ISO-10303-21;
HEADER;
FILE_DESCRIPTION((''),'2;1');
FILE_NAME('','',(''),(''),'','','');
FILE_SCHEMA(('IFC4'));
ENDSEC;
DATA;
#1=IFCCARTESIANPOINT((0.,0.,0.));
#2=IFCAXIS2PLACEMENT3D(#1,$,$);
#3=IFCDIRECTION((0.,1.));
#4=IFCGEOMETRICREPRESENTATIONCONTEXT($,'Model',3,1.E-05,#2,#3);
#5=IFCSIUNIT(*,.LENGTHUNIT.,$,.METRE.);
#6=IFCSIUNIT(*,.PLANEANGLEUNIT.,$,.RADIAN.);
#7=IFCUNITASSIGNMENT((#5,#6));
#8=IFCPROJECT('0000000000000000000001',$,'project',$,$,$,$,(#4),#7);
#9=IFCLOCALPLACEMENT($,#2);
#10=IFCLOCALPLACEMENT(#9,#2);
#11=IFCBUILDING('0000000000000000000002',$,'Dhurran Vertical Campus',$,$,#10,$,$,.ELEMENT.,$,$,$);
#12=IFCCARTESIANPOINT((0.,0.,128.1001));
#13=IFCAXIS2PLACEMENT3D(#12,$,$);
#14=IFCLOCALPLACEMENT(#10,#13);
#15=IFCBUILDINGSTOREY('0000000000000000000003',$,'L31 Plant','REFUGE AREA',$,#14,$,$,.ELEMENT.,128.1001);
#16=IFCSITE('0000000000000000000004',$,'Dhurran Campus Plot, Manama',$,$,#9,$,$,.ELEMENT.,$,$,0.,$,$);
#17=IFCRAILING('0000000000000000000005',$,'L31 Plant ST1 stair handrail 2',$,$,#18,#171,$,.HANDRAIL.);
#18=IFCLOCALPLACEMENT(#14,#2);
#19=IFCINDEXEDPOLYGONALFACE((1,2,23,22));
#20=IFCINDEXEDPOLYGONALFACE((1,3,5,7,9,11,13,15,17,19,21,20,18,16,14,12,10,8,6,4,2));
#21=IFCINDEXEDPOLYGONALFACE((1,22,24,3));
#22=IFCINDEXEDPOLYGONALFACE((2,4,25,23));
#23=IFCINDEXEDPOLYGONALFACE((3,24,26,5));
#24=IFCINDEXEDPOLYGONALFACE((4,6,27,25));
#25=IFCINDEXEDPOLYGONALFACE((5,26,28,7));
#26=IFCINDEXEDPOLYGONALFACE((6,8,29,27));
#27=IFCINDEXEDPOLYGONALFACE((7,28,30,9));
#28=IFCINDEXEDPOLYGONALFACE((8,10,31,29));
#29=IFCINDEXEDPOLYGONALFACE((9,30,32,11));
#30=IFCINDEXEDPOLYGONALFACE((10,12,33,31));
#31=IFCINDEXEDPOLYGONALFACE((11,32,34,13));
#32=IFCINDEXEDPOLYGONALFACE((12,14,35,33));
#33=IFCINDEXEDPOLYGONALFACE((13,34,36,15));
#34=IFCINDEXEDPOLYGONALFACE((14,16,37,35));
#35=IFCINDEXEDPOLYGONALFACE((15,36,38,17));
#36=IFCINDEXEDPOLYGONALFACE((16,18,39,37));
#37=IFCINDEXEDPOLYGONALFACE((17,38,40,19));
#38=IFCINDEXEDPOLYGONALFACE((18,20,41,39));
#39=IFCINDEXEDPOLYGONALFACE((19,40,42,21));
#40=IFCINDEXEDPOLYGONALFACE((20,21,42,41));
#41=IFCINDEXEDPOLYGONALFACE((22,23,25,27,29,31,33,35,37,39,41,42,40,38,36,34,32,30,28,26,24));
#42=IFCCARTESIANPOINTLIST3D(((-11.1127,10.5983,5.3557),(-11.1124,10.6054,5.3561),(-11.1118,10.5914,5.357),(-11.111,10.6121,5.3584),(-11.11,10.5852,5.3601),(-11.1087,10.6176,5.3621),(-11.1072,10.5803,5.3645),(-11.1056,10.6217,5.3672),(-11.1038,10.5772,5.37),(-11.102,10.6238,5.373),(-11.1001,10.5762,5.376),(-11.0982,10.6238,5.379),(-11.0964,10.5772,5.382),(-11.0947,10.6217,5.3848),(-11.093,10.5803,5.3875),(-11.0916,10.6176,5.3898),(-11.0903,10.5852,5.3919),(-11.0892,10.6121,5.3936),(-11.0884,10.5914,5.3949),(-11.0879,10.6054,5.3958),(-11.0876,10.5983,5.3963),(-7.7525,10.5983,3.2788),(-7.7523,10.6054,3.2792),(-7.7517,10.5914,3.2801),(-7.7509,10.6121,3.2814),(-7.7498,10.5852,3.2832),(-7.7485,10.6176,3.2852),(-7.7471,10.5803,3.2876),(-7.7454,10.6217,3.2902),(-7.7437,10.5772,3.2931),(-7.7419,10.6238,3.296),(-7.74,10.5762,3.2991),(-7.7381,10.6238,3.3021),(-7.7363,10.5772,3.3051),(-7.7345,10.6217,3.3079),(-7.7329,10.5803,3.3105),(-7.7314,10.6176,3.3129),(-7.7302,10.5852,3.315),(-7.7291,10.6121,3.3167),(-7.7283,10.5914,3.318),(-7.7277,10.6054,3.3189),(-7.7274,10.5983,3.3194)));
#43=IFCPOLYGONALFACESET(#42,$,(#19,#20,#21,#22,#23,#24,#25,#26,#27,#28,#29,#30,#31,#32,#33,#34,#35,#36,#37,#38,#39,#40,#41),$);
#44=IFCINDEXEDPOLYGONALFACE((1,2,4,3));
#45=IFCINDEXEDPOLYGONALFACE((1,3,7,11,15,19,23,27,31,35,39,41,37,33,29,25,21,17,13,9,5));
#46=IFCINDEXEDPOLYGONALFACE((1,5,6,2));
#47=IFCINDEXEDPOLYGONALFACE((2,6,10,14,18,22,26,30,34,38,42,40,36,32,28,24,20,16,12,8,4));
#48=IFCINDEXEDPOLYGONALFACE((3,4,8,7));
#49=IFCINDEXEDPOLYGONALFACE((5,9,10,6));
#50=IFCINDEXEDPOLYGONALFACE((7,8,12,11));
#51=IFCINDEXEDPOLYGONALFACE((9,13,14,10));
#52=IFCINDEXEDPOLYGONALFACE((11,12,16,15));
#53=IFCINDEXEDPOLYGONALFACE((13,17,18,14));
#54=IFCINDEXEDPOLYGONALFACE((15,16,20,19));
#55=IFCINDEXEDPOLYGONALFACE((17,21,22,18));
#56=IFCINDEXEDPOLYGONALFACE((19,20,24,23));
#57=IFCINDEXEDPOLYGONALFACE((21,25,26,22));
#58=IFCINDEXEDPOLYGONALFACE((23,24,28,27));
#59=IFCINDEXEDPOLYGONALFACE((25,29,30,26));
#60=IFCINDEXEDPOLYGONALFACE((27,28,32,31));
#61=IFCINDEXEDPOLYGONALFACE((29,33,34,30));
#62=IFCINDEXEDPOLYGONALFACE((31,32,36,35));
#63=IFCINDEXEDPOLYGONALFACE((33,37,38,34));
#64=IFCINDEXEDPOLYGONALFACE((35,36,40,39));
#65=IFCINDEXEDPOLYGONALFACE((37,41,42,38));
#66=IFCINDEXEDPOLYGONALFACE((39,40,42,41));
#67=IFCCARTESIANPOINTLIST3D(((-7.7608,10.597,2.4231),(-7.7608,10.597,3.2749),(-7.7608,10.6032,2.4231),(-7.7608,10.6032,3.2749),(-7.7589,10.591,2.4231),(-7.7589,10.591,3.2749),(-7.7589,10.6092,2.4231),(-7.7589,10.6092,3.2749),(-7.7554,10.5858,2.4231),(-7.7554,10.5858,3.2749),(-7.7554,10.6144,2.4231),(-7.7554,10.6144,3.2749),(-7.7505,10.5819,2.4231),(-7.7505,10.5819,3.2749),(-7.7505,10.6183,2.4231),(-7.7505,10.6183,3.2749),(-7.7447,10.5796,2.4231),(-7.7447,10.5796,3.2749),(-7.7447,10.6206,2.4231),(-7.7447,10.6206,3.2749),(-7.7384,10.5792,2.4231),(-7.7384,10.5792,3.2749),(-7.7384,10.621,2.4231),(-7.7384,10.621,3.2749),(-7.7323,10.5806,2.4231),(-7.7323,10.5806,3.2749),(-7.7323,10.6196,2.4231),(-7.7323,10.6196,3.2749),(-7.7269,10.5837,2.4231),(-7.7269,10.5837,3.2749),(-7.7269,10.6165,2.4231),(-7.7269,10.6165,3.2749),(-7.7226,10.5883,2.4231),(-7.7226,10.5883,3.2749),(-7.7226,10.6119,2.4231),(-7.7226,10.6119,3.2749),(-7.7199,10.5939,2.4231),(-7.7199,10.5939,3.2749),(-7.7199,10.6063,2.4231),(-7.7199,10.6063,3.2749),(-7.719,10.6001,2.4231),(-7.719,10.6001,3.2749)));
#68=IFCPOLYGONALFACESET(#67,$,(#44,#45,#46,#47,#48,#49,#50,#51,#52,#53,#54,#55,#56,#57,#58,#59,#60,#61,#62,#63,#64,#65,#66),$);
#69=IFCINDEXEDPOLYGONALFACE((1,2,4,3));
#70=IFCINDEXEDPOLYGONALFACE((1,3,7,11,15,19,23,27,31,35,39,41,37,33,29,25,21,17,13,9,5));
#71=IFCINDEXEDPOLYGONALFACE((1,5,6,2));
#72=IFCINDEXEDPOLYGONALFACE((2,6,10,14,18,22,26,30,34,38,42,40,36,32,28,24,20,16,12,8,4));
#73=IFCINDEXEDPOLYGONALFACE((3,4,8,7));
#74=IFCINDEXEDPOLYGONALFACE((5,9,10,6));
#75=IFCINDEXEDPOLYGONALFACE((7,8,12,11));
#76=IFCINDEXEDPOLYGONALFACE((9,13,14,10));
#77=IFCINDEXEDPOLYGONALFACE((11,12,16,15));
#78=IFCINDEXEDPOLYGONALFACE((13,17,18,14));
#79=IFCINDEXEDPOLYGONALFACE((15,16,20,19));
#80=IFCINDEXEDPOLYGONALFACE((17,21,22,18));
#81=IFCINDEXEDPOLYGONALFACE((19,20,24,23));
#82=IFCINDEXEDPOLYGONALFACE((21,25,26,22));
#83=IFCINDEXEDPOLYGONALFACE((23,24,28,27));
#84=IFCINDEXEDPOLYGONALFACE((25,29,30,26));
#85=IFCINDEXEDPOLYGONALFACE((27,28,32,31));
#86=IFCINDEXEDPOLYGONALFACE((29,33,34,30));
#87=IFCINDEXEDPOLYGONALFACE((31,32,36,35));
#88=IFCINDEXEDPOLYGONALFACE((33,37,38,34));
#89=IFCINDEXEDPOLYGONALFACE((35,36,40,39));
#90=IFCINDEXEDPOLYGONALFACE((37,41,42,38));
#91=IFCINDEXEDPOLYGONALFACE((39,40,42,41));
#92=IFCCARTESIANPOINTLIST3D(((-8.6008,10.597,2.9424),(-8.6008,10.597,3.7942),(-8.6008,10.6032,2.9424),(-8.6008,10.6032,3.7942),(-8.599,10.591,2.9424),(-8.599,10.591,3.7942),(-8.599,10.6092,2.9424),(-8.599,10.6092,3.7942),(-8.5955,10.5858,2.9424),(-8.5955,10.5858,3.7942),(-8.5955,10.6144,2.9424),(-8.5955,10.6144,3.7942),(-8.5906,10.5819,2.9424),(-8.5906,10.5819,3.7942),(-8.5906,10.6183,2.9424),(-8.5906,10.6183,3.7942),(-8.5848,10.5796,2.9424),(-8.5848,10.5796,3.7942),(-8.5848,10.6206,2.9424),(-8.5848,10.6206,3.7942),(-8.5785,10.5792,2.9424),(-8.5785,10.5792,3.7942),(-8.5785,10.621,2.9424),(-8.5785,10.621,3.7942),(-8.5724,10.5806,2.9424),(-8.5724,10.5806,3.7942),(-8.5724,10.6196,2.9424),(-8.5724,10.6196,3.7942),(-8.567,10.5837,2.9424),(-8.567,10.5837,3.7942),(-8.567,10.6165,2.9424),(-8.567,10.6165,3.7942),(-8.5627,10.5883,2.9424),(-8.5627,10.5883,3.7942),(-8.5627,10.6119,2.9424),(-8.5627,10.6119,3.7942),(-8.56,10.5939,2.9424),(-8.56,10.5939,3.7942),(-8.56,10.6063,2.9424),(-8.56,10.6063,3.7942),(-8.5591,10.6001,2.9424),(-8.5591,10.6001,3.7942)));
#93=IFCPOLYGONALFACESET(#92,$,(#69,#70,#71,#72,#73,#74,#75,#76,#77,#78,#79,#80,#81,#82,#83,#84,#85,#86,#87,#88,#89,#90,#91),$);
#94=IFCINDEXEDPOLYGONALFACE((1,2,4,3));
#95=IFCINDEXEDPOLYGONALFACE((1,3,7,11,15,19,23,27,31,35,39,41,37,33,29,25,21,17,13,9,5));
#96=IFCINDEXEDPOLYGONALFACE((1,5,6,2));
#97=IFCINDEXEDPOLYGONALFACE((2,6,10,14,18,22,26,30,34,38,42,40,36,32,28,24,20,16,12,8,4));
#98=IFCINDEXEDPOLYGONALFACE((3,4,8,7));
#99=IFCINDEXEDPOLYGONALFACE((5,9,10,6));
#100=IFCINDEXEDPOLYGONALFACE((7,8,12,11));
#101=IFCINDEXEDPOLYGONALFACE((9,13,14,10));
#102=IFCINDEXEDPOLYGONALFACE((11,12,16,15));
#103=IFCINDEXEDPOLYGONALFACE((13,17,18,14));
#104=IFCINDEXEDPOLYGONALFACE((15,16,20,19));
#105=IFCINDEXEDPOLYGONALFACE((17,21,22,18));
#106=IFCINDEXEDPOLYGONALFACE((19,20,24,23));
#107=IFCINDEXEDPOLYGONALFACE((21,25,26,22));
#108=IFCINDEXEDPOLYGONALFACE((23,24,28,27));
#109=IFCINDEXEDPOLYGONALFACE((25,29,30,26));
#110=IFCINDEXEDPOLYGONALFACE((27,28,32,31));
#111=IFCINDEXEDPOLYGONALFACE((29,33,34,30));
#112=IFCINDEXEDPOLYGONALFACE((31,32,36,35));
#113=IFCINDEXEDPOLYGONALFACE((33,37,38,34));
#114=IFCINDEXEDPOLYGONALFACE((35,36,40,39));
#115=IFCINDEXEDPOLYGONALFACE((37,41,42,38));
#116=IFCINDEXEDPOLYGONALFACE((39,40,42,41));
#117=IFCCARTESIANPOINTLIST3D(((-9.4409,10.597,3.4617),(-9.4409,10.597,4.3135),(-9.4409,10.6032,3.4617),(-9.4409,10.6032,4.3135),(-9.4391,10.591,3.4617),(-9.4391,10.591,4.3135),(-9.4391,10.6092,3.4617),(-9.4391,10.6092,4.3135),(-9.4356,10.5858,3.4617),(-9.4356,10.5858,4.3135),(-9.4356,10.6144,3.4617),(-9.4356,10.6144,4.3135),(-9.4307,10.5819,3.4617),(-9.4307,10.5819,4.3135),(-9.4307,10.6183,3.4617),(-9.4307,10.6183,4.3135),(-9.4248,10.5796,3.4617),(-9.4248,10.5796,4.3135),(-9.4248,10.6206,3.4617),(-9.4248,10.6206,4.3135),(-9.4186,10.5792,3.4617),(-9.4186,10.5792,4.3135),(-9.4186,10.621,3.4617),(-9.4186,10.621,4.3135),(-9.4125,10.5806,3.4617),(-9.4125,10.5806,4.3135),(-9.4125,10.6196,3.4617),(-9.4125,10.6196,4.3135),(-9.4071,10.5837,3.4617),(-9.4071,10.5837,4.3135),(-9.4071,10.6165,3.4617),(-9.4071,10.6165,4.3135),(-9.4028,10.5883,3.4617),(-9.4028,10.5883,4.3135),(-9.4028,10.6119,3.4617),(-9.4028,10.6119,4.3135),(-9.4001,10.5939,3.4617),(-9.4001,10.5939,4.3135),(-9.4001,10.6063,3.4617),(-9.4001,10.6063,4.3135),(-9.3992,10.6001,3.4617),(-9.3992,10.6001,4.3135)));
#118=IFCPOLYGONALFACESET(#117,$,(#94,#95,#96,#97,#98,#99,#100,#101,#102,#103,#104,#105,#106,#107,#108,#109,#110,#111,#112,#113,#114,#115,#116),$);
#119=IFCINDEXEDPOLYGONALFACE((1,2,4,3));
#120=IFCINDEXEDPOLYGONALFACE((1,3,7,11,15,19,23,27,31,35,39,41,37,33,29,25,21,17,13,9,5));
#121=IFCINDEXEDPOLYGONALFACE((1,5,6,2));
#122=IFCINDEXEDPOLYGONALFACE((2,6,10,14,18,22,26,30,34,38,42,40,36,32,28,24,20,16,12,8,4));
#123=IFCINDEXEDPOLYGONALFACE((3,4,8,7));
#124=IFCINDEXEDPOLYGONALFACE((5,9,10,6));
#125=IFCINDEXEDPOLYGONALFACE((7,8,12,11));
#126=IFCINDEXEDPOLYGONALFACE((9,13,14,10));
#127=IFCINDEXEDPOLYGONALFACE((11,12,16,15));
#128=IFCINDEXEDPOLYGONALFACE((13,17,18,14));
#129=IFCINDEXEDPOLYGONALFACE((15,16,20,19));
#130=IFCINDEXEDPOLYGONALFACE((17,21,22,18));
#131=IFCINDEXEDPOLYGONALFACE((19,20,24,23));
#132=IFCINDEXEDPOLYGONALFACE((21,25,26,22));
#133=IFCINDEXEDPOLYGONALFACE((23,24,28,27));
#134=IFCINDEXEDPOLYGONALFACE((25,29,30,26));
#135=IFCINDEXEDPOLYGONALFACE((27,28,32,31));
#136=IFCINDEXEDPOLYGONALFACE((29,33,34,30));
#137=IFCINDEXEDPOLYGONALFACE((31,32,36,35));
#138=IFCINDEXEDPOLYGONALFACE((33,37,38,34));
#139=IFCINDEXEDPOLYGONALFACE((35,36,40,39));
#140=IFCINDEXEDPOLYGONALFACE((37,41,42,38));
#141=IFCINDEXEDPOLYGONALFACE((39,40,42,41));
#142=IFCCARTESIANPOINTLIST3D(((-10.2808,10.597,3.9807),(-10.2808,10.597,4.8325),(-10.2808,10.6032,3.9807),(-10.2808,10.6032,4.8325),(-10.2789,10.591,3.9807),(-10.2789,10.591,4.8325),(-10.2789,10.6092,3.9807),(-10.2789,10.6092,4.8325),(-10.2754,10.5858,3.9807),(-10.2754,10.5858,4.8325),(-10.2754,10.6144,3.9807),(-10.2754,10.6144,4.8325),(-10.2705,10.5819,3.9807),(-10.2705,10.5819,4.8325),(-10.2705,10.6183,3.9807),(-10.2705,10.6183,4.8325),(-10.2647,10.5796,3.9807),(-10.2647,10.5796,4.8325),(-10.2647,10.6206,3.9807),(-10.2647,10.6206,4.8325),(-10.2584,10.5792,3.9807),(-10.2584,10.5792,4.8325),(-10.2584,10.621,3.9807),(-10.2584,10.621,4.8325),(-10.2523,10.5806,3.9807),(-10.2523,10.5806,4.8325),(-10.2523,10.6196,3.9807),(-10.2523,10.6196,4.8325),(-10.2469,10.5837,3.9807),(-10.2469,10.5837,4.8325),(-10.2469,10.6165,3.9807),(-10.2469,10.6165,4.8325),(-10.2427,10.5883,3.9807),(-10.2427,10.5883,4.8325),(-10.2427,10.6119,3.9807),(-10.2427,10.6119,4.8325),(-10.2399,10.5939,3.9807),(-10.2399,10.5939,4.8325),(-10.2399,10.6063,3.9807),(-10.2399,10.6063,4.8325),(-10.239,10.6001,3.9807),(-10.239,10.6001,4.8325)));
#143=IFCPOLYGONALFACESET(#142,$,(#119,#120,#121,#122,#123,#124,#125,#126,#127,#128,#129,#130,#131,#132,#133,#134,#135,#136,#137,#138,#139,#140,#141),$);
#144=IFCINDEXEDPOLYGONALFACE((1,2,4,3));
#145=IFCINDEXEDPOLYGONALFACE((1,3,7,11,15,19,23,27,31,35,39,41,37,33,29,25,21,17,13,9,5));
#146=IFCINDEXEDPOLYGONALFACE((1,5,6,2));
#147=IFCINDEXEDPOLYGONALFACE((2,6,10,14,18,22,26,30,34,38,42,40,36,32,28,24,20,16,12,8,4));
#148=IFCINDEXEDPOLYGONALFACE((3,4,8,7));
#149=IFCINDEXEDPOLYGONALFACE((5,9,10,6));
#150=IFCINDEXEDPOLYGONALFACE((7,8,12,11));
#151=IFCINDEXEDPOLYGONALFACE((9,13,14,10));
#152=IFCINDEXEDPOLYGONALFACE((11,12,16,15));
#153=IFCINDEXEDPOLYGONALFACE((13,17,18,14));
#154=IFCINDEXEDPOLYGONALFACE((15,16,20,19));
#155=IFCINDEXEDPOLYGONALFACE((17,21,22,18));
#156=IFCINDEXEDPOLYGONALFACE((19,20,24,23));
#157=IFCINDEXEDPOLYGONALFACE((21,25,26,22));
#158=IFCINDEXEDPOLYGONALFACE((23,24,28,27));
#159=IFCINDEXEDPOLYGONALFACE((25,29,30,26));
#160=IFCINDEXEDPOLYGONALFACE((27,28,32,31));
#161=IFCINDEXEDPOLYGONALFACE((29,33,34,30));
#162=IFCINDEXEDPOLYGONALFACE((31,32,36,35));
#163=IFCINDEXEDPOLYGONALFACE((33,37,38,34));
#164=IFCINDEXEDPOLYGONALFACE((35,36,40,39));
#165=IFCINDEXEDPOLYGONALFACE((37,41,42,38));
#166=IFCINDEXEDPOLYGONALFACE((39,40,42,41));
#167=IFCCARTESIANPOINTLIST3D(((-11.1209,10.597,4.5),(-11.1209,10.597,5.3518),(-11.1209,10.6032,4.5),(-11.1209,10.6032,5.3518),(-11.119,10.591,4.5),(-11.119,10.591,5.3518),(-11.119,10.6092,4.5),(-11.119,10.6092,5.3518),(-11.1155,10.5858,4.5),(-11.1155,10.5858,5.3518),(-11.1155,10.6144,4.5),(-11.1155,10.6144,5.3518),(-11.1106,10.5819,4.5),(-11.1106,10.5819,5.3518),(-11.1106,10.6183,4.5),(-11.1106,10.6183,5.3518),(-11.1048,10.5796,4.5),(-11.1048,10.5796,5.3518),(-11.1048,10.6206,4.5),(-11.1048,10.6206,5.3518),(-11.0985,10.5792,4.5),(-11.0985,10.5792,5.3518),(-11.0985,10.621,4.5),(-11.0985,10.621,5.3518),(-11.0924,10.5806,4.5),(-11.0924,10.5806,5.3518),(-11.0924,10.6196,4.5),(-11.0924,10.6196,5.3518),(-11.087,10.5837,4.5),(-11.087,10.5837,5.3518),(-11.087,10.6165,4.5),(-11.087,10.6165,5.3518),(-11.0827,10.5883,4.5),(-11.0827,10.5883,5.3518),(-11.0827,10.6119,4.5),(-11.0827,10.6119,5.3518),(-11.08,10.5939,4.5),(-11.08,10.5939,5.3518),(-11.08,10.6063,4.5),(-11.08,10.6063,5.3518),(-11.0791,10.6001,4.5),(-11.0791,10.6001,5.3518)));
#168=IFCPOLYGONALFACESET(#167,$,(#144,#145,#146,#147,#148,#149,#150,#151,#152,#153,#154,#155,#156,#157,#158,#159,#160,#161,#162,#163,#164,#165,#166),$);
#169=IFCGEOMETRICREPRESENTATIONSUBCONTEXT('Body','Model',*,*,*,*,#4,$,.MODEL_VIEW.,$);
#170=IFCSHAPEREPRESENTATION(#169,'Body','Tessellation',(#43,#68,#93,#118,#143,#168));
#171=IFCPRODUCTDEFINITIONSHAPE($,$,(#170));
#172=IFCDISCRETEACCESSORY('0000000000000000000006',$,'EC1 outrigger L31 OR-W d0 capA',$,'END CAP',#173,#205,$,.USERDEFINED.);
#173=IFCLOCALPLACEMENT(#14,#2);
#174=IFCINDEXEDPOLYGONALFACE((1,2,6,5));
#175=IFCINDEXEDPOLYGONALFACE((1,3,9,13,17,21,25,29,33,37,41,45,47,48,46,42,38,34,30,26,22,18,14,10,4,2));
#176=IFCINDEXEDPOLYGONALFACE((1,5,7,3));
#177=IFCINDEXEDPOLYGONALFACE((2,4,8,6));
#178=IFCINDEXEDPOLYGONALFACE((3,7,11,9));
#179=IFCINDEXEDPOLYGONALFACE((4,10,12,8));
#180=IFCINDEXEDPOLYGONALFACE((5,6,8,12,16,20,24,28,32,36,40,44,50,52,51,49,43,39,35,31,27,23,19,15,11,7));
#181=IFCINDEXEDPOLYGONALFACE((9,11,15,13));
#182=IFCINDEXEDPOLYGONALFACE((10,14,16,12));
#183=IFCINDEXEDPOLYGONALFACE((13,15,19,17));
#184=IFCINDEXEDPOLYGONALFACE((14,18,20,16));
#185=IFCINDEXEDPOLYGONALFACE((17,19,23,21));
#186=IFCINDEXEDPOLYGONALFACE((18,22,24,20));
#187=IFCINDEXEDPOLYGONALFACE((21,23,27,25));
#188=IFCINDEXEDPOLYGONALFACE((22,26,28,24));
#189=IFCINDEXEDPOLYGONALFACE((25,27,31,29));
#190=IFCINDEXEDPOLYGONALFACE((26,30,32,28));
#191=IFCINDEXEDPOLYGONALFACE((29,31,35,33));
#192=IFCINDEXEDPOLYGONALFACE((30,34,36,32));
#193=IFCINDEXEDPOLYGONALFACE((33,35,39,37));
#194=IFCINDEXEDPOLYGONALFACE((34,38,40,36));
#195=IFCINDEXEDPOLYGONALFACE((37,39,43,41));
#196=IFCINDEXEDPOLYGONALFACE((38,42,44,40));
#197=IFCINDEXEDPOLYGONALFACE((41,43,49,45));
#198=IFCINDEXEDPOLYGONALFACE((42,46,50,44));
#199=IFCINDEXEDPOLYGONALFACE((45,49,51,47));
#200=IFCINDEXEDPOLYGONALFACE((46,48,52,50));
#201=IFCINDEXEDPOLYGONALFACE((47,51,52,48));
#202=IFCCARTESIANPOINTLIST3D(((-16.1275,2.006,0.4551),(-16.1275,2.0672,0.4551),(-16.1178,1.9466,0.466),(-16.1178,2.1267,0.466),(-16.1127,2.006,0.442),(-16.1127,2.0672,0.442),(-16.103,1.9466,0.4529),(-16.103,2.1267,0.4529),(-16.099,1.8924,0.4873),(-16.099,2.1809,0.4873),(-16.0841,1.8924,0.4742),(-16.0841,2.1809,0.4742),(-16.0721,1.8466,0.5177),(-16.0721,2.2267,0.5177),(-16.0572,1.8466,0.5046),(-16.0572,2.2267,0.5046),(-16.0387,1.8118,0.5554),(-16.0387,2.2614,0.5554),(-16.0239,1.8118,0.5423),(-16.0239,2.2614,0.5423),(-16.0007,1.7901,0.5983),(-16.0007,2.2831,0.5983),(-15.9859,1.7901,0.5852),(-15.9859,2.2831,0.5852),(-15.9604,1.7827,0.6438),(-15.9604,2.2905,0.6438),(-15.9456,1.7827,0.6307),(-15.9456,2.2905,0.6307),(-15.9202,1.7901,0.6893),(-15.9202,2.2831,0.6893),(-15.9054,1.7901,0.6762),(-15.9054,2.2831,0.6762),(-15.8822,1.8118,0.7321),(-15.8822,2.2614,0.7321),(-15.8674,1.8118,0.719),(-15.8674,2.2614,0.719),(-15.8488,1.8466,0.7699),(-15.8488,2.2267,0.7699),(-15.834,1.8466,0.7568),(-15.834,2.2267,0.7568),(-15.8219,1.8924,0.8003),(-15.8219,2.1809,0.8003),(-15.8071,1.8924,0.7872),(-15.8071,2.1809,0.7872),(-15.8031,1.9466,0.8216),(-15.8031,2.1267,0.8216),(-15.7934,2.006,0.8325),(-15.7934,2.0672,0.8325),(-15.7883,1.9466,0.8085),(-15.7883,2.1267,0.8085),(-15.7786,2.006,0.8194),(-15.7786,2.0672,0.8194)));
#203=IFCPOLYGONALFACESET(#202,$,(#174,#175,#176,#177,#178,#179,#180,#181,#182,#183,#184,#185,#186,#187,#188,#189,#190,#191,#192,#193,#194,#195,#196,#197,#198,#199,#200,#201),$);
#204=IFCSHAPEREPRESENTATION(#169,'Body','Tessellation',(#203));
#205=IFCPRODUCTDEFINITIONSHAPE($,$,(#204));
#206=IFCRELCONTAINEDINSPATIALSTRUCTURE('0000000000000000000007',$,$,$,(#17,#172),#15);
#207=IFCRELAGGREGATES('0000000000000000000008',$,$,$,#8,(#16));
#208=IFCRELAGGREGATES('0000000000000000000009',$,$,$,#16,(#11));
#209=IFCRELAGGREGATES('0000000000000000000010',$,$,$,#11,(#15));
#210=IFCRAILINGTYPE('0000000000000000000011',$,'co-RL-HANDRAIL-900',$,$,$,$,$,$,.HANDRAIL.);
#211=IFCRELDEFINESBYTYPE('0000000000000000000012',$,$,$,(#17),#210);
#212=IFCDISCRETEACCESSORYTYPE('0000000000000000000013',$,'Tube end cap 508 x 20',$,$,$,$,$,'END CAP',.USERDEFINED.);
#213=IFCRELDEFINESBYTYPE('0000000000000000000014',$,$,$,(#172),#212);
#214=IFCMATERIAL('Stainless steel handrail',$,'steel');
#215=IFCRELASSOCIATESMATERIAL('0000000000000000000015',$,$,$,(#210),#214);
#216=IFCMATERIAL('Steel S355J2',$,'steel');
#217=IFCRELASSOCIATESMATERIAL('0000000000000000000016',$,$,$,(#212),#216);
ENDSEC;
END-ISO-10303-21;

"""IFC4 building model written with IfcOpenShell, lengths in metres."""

from ifc_helpers import new_model, si_unit, direction, frame, origin, origin_2d, place, context, subcontext, project, spatial, circle, extrude, material, material_profile, profile_set, type_object, element, save


model = new_model("IFC4")

# Units and contexts
model_context = context("Model", 3, precision=1e-05, world=origin(), true_north=direction((0.0, 1.0)))
body_context = subcontext(model_context, "Body", "Model", "MODEL_VIEW")
ifc_project = project(units=[si_unit("LENGTHUNIT", "METRE"), si_unit("PLANEANGLEUNIT", "RADIAN")], contexts=[model_context])

# Site, building, storey
site_placement = place(None, origin())
site = spatial("IfcSite", under=ifc_project, at=site_placement, Name="Dhurran Campus Plot, Manama", CompositionType="ELEMENT", RefElevation=0.0)
building_placement = place(site_placement, origin())
building = spatial("IfcBuilding", under=site, at=building_placement, Name="Dhurran Vertical Campus", CompositionType="ELEMENT")
storey_placement = place(building_placement, frame((0.0, 0.0, 128.1001)))
storey = spatial("IfcBuildingStorey", under=building, at=storey_placement, Name="L31 Plant", Description="REFUGE AREA", CompositionType="ELEMENT", Elevation=128.1001)

# Railing
ifc_material_1 = material(Name="Stainless steel handrail", Category="steel")
railing_type_1 = type_object("IfcRailingType", Name="co-RL-HANDRAIL-900", PredefinedType="HANDRAIL", material=ifc_material_1)
railing_1_placement = place(storey_placement, frame((-7.74, 10.6001, 2.4231)))
element("IfcRailing", 1, at=railing_1_placement, inside=storey, type_object=railing_type_1, Name="L31 Plant ST1 stair handrail 2", PredefinedType="HANDRAIL", context=body_context, shape_type="SweptSolid", body=[
    extrude(circle(Radius=0.0239, at=origin_2d()), frame((0.0, 0.0, 0.876), z_axis=(-0.850623, 0.0, 0.525776), x_axis=(0.0, -1.0, 0.0)), (0.0, 0.0, 1.0), 3.9502),
    extrude(circle(Radius=0.021, at=origin_2d()), origin(), (0.0, 0.0, 1.0), 0.8518),
    extrude(circle(Radius=0.021, at=origin_2d()), frame((-0.8401, 0.0, 0.5193)), (0.0, 0.0, 1.0), 0.8518),
    extrude(circle(Radius=0.021, at=origin_2d()), frame((-1.6802, 0.0, 1.0386)), (0.0, 0.0, 1.0), 0.8518),
    extrude(circle(Radius=0.021, at=origin_2d()), frame((-2.52, 0.0, 1.5576)), (0.0, 0.0, 1.0), 0.8518),
    extrude(circle(Radius=0.021, at=origin_2d()), frame((-3.3601, 0.0, 2.0769)), (0.0, 0.0, 1.0), 0.8518),
])

# Discrete accessory
ifc_material_2 = material(Name="Steel S355J2", Category="steel")
ifc_material_profile_1 = material_profile(ifc_material_2, circle(Radius=0.2539, at=origin_2d()), Name="Tube end cap 508 x 20")
ifc_profile_set_1 = profile_set([ifc_material_profile_1], Name="Steel S355J2")
discrete_accessory_type = type_object("IfcDiscreteAccessoryType", Name="Tube end cap 508 x 20", ElementType="END CAP", PredefinedType="USERDEFINED", material=ifc_profile_set_1)
for number, where, z_axis, x_axis, name in (
    (2, (-15.9604, 2.0366, 0.6438), (0.748762, 0.0, -0.662839), (0.0, 1.0, 0.0), "EC1 outrigger L31 OR-W d0 capA"),
):
    element("IfcDiscreteAccessory", number, at=place(storey_placement, frame(where, z_axis=z_axis, x_axis=x_axis)), inside=storey, type_object=discrete_accessory_type, Name=name, ObjectType="END CAP", PredefinedType="USERDEFINED", context=body_context, shape_type="SweptSolid", body=[
        extrude(circle(Radius=0.2539, at=origin_2d()), origin(), (0.0, 0.0, 1.0), 0.0198),
    ])

save(model, "model.ifc")
